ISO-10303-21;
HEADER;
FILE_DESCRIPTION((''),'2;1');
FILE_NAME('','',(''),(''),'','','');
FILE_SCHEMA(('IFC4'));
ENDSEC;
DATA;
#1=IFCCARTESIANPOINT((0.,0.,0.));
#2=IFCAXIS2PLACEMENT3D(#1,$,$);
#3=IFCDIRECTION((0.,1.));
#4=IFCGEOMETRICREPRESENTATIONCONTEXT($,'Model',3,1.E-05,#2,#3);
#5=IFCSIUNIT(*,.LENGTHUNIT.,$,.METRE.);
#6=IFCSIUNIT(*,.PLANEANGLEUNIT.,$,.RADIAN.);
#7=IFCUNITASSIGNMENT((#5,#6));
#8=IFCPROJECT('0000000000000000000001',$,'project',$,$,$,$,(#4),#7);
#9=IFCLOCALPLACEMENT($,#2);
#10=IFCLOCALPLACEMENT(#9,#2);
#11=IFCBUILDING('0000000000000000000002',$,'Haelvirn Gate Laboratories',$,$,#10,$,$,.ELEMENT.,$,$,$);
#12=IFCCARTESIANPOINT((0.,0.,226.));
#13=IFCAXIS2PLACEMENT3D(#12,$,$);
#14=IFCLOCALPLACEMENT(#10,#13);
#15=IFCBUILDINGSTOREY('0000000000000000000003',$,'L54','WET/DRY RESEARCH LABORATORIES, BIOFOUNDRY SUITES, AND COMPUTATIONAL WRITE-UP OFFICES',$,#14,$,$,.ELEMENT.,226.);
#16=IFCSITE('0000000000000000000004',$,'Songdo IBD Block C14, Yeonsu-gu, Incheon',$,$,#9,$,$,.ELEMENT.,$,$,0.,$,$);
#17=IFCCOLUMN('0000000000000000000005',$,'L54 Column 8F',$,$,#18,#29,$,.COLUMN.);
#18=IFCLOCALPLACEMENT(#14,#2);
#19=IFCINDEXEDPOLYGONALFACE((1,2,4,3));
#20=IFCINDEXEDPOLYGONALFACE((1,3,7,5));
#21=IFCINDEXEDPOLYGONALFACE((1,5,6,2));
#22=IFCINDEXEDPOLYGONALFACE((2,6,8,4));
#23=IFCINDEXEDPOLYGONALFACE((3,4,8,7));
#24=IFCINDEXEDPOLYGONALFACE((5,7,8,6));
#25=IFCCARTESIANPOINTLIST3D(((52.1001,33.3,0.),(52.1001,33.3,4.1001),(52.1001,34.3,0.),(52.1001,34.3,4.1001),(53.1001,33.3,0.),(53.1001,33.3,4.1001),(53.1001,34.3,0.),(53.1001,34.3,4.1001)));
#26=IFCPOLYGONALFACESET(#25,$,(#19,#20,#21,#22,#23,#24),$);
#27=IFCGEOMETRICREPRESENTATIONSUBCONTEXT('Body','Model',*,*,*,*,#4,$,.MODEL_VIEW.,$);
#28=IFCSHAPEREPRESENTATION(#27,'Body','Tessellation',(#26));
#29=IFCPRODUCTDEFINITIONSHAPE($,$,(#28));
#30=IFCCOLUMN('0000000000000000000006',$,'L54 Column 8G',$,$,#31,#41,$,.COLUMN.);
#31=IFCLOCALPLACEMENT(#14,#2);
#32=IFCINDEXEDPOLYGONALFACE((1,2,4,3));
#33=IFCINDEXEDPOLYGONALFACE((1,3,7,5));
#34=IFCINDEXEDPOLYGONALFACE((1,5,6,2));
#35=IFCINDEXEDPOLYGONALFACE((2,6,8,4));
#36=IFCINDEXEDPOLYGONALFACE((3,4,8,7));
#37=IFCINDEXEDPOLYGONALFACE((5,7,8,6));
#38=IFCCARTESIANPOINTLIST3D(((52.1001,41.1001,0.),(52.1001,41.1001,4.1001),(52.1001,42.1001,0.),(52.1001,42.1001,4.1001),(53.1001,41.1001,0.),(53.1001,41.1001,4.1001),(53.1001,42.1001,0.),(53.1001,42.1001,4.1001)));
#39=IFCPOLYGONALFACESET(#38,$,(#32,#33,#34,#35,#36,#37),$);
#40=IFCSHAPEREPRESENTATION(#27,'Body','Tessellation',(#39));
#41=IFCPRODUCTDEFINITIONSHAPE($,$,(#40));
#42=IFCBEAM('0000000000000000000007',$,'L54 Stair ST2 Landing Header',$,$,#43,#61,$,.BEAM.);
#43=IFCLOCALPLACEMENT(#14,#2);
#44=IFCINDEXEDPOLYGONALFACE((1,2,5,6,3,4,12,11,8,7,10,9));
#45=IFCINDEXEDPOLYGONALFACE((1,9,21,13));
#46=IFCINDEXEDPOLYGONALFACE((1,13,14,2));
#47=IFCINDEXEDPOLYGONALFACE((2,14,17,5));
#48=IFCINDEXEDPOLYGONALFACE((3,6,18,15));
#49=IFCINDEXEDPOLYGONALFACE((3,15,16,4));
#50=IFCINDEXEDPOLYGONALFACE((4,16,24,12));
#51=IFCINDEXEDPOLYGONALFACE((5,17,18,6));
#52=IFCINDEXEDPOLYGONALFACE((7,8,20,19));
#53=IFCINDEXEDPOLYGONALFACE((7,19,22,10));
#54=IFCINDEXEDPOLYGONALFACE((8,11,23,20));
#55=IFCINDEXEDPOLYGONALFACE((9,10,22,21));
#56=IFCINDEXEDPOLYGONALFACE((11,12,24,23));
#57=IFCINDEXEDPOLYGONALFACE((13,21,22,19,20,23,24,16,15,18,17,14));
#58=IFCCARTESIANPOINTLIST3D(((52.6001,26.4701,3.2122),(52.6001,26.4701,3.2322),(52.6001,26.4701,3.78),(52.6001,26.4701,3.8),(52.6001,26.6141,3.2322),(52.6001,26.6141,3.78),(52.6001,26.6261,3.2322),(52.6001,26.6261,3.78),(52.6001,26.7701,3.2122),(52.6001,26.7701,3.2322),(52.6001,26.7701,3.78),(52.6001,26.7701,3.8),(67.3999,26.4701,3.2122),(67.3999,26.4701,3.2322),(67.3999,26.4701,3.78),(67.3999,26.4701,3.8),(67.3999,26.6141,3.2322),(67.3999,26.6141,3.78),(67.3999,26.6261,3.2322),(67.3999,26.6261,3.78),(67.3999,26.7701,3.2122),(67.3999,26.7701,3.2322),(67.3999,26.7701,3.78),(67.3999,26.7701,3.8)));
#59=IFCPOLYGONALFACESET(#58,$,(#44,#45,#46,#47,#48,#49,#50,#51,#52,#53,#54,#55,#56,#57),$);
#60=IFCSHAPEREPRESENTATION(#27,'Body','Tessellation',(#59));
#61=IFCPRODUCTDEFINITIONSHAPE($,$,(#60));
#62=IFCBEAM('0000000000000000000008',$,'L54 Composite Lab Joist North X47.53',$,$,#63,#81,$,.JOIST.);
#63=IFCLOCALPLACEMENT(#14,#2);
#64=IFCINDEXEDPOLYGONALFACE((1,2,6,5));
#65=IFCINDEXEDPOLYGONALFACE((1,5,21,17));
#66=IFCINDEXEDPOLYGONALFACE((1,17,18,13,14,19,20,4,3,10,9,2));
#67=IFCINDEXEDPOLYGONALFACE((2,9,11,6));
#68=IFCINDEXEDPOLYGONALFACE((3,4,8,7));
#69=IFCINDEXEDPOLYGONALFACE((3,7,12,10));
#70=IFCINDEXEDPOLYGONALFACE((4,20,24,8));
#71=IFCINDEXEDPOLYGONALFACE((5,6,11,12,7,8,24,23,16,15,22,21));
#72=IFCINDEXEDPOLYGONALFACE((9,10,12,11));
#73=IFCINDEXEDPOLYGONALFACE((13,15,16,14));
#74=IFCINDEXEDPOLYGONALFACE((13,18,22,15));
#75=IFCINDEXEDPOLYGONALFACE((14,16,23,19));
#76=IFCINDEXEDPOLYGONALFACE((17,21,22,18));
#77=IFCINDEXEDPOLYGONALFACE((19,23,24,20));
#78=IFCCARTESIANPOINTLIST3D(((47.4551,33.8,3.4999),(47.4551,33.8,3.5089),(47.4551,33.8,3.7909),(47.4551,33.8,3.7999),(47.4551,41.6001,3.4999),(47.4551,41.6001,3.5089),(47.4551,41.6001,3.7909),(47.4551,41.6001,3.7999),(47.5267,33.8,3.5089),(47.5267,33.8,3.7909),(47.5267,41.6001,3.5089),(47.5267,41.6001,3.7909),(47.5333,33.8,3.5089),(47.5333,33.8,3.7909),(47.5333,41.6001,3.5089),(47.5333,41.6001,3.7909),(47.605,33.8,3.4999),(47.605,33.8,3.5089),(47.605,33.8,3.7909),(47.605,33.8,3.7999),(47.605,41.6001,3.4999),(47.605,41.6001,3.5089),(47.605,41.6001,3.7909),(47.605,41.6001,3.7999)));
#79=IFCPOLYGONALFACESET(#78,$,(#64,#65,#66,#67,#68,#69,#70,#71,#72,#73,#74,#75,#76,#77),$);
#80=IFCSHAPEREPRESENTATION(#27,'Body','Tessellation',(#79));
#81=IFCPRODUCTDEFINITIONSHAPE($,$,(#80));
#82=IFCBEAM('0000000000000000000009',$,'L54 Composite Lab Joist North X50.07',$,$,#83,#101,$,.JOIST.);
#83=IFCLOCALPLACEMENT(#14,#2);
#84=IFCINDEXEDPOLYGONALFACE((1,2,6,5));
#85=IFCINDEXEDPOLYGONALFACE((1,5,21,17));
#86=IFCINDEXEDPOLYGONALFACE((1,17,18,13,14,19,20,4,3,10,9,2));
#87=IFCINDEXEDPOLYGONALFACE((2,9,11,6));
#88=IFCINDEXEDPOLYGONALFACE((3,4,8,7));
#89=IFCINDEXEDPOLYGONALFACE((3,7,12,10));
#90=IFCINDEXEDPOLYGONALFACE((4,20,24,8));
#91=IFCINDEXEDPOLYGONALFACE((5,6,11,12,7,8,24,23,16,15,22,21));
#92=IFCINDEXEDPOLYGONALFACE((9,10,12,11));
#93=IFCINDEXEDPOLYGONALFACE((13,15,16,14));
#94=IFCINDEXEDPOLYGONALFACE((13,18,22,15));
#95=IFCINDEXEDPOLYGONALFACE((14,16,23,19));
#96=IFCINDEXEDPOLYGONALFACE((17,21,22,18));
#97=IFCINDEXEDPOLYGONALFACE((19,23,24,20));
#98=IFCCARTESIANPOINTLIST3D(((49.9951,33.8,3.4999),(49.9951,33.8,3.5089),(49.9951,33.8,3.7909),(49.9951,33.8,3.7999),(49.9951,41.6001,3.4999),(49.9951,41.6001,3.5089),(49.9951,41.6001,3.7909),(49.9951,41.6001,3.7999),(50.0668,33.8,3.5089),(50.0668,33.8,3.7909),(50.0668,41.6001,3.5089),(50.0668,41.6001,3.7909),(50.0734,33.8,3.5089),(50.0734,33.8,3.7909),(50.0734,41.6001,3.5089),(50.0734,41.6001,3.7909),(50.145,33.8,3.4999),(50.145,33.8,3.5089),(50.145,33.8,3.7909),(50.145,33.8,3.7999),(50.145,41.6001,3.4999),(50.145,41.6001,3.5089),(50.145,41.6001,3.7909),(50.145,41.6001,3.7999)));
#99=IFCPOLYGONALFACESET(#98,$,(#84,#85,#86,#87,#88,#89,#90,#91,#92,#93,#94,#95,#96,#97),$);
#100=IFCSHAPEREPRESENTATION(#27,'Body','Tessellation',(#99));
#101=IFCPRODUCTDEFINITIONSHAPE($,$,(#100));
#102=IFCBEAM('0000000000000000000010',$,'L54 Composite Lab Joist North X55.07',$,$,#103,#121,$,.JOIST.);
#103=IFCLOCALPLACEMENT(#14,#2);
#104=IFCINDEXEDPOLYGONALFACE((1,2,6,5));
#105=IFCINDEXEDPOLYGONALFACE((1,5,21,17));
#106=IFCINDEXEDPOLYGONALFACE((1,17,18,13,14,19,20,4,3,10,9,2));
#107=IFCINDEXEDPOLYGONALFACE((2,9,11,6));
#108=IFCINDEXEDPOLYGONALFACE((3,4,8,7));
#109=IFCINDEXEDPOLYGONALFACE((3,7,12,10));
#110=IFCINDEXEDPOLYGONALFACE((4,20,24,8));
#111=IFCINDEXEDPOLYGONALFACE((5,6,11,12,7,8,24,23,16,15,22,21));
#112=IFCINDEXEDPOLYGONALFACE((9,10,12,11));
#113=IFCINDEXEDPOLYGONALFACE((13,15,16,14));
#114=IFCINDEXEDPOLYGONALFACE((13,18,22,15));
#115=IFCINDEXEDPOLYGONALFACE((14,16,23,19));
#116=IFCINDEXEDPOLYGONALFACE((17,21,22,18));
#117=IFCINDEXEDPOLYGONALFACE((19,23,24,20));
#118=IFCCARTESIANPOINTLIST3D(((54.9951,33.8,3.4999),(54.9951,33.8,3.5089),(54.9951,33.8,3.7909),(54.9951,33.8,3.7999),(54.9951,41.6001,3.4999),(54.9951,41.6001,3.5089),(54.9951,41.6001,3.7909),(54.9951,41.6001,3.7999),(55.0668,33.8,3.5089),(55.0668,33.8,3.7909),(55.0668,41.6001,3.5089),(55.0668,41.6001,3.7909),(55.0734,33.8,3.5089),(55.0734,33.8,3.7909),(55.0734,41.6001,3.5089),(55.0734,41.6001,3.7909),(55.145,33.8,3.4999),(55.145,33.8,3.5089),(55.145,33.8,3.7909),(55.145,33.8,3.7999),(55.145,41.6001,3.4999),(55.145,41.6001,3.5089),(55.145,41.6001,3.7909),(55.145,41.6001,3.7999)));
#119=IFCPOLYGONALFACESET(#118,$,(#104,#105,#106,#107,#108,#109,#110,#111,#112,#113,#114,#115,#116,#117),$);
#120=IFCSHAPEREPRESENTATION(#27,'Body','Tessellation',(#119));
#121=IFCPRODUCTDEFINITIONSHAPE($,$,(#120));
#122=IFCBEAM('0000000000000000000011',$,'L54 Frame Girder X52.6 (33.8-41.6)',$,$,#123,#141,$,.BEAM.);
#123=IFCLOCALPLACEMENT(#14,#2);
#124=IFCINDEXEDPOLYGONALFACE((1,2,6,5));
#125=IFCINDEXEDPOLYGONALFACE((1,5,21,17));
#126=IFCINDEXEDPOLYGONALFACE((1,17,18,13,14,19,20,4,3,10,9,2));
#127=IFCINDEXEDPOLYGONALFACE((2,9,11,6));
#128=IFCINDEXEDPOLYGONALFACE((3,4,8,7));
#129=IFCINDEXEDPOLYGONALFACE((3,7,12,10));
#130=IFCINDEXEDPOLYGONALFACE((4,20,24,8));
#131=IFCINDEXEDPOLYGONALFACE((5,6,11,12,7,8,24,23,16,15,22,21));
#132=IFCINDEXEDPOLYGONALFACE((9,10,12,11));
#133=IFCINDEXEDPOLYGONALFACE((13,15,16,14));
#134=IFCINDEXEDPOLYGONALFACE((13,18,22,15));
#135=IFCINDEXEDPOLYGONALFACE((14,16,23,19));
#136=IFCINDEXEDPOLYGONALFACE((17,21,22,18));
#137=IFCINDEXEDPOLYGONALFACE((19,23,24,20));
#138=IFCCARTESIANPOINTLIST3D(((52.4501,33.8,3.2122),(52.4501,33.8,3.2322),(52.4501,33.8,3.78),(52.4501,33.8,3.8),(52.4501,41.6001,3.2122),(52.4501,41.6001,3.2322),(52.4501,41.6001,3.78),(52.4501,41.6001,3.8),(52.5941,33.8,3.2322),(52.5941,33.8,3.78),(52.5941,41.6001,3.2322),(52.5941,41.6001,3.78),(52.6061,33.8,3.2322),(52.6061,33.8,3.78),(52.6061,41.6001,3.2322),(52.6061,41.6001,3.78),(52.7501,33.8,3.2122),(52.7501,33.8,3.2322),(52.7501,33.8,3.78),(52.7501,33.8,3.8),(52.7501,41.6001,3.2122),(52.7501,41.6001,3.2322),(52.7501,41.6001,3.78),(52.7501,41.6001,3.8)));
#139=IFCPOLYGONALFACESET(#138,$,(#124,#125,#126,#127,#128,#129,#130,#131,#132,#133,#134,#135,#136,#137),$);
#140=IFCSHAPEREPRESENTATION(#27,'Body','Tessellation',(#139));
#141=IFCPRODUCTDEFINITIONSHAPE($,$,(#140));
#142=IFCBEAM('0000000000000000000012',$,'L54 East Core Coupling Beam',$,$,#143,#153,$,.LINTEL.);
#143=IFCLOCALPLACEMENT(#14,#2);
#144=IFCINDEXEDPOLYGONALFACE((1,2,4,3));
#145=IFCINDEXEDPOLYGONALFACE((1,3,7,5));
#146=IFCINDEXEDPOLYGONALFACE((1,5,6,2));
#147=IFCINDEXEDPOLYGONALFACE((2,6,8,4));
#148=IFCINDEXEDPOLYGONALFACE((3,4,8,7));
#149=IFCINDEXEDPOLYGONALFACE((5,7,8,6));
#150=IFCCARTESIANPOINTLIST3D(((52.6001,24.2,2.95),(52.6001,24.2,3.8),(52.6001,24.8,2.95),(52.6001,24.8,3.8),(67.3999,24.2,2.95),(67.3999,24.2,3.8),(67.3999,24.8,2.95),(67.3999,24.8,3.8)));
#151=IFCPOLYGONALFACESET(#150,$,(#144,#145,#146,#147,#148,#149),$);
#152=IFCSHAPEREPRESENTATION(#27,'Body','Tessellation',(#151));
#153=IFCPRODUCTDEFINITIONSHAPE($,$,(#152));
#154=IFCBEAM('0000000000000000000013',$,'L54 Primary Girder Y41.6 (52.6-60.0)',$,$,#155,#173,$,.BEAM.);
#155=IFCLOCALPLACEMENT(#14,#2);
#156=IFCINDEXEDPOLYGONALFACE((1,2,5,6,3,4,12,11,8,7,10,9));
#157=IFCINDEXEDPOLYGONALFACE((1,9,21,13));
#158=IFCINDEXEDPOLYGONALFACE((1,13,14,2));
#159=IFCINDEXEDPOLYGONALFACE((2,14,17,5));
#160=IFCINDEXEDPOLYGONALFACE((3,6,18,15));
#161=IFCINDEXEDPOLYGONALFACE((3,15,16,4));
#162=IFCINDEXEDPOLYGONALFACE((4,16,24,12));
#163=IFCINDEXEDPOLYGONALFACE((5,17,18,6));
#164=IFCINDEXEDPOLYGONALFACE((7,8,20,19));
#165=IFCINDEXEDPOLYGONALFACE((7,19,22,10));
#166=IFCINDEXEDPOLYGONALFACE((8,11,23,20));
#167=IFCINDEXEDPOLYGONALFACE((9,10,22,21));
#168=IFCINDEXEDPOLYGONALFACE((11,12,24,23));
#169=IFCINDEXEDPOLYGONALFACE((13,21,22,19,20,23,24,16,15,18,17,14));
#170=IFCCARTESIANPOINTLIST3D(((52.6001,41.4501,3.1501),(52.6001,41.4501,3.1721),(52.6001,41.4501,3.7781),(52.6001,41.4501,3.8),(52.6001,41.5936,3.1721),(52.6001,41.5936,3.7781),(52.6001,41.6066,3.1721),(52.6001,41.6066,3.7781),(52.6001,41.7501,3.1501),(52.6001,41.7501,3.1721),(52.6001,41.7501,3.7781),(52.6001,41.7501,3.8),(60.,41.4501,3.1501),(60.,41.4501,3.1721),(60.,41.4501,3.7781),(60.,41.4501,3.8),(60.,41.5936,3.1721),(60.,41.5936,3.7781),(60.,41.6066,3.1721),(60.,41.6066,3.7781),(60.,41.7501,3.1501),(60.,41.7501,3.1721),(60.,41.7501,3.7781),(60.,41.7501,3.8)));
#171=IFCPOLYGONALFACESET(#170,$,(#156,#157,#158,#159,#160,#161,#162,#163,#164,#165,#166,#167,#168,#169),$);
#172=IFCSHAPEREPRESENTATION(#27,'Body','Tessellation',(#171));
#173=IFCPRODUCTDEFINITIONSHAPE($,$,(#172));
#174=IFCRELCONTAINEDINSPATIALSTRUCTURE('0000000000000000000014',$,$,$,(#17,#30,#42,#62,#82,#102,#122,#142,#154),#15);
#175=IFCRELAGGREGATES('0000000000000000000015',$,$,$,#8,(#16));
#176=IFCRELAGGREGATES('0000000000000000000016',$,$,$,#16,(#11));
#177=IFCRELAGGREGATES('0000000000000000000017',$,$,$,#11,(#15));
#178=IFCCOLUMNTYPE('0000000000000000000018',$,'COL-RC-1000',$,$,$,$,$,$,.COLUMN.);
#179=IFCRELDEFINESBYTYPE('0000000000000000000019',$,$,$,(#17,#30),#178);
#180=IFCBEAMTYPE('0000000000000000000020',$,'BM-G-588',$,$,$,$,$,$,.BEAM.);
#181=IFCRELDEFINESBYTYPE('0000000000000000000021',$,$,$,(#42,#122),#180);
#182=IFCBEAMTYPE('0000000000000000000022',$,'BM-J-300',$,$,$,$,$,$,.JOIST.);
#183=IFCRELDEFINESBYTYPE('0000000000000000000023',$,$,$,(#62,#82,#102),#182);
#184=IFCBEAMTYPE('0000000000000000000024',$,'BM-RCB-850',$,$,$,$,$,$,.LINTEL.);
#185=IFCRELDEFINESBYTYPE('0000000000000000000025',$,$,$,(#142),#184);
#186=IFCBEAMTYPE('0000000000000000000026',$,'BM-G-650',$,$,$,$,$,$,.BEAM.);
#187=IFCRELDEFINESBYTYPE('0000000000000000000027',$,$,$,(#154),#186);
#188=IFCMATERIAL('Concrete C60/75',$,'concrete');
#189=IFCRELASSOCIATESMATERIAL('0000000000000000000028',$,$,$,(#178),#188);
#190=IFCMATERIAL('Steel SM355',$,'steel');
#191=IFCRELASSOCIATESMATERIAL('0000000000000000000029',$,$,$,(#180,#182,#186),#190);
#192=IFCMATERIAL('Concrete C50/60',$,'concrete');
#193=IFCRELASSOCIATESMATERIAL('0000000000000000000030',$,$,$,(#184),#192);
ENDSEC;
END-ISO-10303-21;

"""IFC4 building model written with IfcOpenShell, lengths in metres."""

from ifc_helpers import new_model, si_unit, direction, frame, origin, origin_2d, place, context, subcontext, project, spatial, rectangle, i_section, extrude, source, transform, mapped, material, material_profile, profile_set, type_object, type_shapes, element, save


model = new_model("IFC4")

# Units and contexts
model_context = context("Model", 3, precision=1e-05, world=origin(), true_north=direction((0.0, 1.0)))
body_context = subcontext(model_context, "Body", "Model", "MODEL_VIEW")
ifc_project = project(units=[si_unit("LENGTHUNIT", "METRE"), si_unit("PLANEANGLEUNIT", "RADIAN")], contexts=[model_context])

# Site, building, storey
site_placement = place(None, origin())
site = spatial("IfcSite", under=ifc_project, at=site_placement, Name="Songdo IBD Block C14, Yeonsu-gu, Incheon", CompositionType="ELEMENT", RefElevation=0.0)
building_placement = place(site_placement, origin())
building = spatial("IfcBuilding", under=site, at=building_placement, Name="Haelvirn Gate Laboratories", CompositionType="ELEMENT")
storey_placement = place(building_placement, frame((0.0, 0.0, 226.0)))
storey = spatial("IfcBuildingStorey", under=building, at=storey_placement, Name="L54", Description="WET/DRY RESEARCH LABORATORIES, BIOFOUNDRY SUITES, AND COMPUTATIONAL WRITE-UP OFFICES", CompositionType="ELEMENT", Elevation=226.0)

# Columns
ifc_material_1 = material(Name="Concrete C60/75", Category="concrete")
ifc_material_profile_1 = material_profile(ifc_material_1, rectangle(XDim=1.0, YDim=1.0, at=origin_2d()), Name="RC-1000x1000")
ifc_profile_set_1 = profile_set([ifc_material_profile_1], Name="Concrete C60/75")
column_type = type_object("IfcColumnType", Name="COL-RC-1000", PredefinedType="COLUMN", material=ifc_profile_set_1)
shared_shape_1 = source(origin(), body_context, "Body", "SweptSolid", [
    extrude(rectangle(XDim=1.0, YDim=1.0, at=origin_2d()), origin(), (0.0, 0.0, 1.0), 4.1001),
])
type_shapes(column_type, [shared_shape_1])
for number, where, z_axis, x_axis, name in (
    (1, (52.6001, 33.8, 0.0), (0.0, 0.0, 1.0), (1.0, 0.0, 0.0), "L54 Column 8F"),
    (2, (52.6001, 41.6001, 0.0), (0.0, 0.0, 1.0), (1.0, 0.0, 0.0), "L54 Column 8G"),
):
    element("IfcColumn", number, at=place(storey_placement, frame(where, z_axis=z_axis, x_axis=x_axis)), inside=storey, type_object=column_type, Name=name, PredefinedType="COLUMN", context=body_context, shape_type="MappedRepresentation", body=[
        mapped(shared_shape_1, transform((0.0, 0.0, 0.0), scale=1.0)),
    ])

# Beams
ifc_material_2 = material(Name="Steel SM355", Category="steel")
ifc_material_profile_2 = material_profile(ifc_material_2, i_section(OverallWidth=0.3, OverallDepth=0.5879, WebThickness=0.012, FlangeThickness=0.02, at=origin_2d()), Name="H-588x300x12x20")
ifc_profile_set_2 = profile_set([ifc_material_profile_2], Name="Steel SM355")
beam_type_1 = type_object("IfcBeamType", Name="BM-G-588", PredefinedType="BEAM", material=ifc_profile_set_2)
shared_shape_2 = source(origin(), body_context, "Body", "SweptSolid", [
    extrude(i_section(OverallWidth=0.3, OverallDepth=0.5879, WebThickness=0.012, FlangeThickness=0.02, at=origin_2d()), origin(), (0.0, 0.0, 1.0), 14.7998),
])
beam_1_placement = place(storey_placement, frame((52.6001, 26.6201, 3.5061), z_axis=(1.0, 0.0, 0.0), x_axis=(0.0, 1.0, 0.0)))
element("IfcBeam", 3, at=beam_1_placement, inside=storey, type_object=beam_type_1, Name="L54 Stair ST2 Landing Header", PredefinedType="BEAM", context=body_context, shape_type="MappedRepresentation", body=[
    mapped(shared_shape_2, transform((0.0, 0.0, 0.0), scale=1.0)),
])
ifc_material_profile_3 = material_profile(ifc_material_2, i_section(OverallWidth=0.1499, OverallDepth=0.3, WebThickness=0.0066, FlangeThickness=0.009, at=origin_2d()), Name="H-300x150x6.5x9")
ifc_profile_set_3 = profile_set([ifc_material_profile_3], Name="Steel SM355")
beam_type_2 = type_object("IfcBeamType", Name="BM-J-300", PredefinedType="JOIST", material=ifc_profile_set_3)
shared_shape_3 = source(origin(), body_context, "Body", "SweptSolid", [
    extrude(i_section(OverallWidth=0.1499, OverallDepth=0.3, WebThickness=0.0066, FlangeThickness=0.009, at=origin_2d()), origin(), (0.0, 0.0, 1.0), 7.8),
])
type_shapes(beam_type_2, [shared_shape_3])
for number, where, z_axis, x_axis, name in (
    (4, (47.53, 33.8, 3.6499), (0.0, 1.0, 0.0), (-1.0, 0.0, 0.0), "L54 Composite Lab Joist North X47.53"),
    (5, (50.0701, 33.8, 3.6499), (0.0, 1.0, 0.0), (-1.0, 0.0, 0.0), "L54 Composite Lab Joist North X50.07"),
    (6, (55.0701, 33.8, 3.6499), (0.0, 1.0, 0.0), (-1.0, 0.0, 0.0), "L54 Composite Lab Joist North X55.07"),
):
    element("IfcBeam", number, at=place(storey_placement, frame(where, z_axis=z_axis, x_axis=x_axis)), inside=storey, type_object=beam_type_2, Name=name, PredefinedType="JOIST", context=body_context, shape_type="MappedRepresentation", body=[
        mapped(shared_shape_3, transform((0.0, 0.0, 0.0), scale=1.0)),
    ])
shared_shape_4 = source(origin(), body_context, "Body", "SweptSolid", [
    extrude(i_section(OverallWidth=0.3, OverallDepth=0.5879, WebThickness=0.012, FlangeThickness=0.02, at=origin_2d()), origin(), (0.0, 0.0, 1.0), 7.8),
])
type_shapes(beam_type_1, [shared_shape_2, shared_shape_4])
beam_2_placement = place(storey_placement, frame((52.6001, 33.8, 3.5061), z_axis=(0.0, 1.0, 0.0), x_axis=(-1.0, 0.0, 0.0)))
element("IfcBeam", 7, at=beam_2_placement, inside=storey, type_object=beam_type_1, Name="L54 Frame Girder X52.6 (33.8-41.6)", PredefinedType="BEAM", context=body_context, shape_type="MappedRepresentation", body=[
    mapped(shared_shape_4, transform((0.0, 0.0, 0.0), scale=1.0)),
])
ifc_material_3 = material(Name="Concrete C50/60", Category="concrete")
ifc_material_profile_4 = material_profile(ifc_material_3, rectangle(XDim=0.6001, YDim=0.8501, at=origin_2d()), Name="RCB-600x850")
ifc_profile_set_4 = profile_set([ifc_material_profile_4], Name="Concrete C50/60")
beam_type_3 = type_object("IfcBeamType", Name="BM-RCB-850", PredefinedType="LINTEL", material=ifc_profile_set_4)
shared_shape_5 = source(origin(), body_context, "Body", "SweptSolid", [
    extrude(rectangle(XDim=0.6001, YDim=0.8501, at=origin_2d()), origin(), (0.0, 0.0, 1.0), 14.7998),
])
type_shapes(beam_type_3, [shared_shape_5])
beam_3_placement = place(storey_placement, frame((52.6001, 24.5, 3.375), z_axis=(1.0, 0.0, 0.0), x_axis=(0.0, 1.0, 0.0)))
element("IfcBeam", 8, at=beam_3_placement, inside=storey, type_object=beam_type_3, Name="L54 East Core Coupling Beam", PredefinedType="LINTEL", context=body_context, shape_type="MappedRepresentation", body=[
    mapped(shared_shape_5, transform((0.0, 0.0, 0.0), scale=1.0)),
])
ifc_material_profile_5 = material_profile(ifc_material_2, i_section(OverallWidth=0.3, OverallDepth=0.6499, WebThickness=0.0129, FlangeThickness=0.022, at=origin_2d()), Name="H-650x300x13x22")
ifc_profile_set_5 = profile_set([ifc_material_profile_5], Name="Steel SM355")
beam_type_4 = type_object("IfcBeamType", Name="BM-G-650", PredefinedType="BEAM", material=ifc_profile_set_5)
shared_shape_6 = source(origin(), body_context, "Body", "SweptSolid", [
    extrude(i_section(OverallWidth=0.3, OverallDepth=0.6499, WebThickness=0.0129, FlangeThickness=0.022, at=origin_2d()), origin(), (0.0, 0.0, 1.0), 7.3999),
])
type_shapes(beam_type_4, [shared_shape_6])
beam_4_placement = place(storey_placement, frame((52.6001, 41.6001, 3.4751), z_axis=(1.0, 0.0, 0.0), x_axis=(0.0, 1.0, 0.0)))
element("IfcBeam", 9, at=beam_4_placement, inside=storey, type_object=beam_type_4, Name="L54 Primary Girder Y41.6 (52.6-60.0)", PredefinedType="BEAM", context=body_context, shape_type="MappedRepresentation", body=[
    mapped(shared_shape_6, transform((0.0, 0.0, 0.0), scale=1.0)),
])

save(model, "model.ifc")
